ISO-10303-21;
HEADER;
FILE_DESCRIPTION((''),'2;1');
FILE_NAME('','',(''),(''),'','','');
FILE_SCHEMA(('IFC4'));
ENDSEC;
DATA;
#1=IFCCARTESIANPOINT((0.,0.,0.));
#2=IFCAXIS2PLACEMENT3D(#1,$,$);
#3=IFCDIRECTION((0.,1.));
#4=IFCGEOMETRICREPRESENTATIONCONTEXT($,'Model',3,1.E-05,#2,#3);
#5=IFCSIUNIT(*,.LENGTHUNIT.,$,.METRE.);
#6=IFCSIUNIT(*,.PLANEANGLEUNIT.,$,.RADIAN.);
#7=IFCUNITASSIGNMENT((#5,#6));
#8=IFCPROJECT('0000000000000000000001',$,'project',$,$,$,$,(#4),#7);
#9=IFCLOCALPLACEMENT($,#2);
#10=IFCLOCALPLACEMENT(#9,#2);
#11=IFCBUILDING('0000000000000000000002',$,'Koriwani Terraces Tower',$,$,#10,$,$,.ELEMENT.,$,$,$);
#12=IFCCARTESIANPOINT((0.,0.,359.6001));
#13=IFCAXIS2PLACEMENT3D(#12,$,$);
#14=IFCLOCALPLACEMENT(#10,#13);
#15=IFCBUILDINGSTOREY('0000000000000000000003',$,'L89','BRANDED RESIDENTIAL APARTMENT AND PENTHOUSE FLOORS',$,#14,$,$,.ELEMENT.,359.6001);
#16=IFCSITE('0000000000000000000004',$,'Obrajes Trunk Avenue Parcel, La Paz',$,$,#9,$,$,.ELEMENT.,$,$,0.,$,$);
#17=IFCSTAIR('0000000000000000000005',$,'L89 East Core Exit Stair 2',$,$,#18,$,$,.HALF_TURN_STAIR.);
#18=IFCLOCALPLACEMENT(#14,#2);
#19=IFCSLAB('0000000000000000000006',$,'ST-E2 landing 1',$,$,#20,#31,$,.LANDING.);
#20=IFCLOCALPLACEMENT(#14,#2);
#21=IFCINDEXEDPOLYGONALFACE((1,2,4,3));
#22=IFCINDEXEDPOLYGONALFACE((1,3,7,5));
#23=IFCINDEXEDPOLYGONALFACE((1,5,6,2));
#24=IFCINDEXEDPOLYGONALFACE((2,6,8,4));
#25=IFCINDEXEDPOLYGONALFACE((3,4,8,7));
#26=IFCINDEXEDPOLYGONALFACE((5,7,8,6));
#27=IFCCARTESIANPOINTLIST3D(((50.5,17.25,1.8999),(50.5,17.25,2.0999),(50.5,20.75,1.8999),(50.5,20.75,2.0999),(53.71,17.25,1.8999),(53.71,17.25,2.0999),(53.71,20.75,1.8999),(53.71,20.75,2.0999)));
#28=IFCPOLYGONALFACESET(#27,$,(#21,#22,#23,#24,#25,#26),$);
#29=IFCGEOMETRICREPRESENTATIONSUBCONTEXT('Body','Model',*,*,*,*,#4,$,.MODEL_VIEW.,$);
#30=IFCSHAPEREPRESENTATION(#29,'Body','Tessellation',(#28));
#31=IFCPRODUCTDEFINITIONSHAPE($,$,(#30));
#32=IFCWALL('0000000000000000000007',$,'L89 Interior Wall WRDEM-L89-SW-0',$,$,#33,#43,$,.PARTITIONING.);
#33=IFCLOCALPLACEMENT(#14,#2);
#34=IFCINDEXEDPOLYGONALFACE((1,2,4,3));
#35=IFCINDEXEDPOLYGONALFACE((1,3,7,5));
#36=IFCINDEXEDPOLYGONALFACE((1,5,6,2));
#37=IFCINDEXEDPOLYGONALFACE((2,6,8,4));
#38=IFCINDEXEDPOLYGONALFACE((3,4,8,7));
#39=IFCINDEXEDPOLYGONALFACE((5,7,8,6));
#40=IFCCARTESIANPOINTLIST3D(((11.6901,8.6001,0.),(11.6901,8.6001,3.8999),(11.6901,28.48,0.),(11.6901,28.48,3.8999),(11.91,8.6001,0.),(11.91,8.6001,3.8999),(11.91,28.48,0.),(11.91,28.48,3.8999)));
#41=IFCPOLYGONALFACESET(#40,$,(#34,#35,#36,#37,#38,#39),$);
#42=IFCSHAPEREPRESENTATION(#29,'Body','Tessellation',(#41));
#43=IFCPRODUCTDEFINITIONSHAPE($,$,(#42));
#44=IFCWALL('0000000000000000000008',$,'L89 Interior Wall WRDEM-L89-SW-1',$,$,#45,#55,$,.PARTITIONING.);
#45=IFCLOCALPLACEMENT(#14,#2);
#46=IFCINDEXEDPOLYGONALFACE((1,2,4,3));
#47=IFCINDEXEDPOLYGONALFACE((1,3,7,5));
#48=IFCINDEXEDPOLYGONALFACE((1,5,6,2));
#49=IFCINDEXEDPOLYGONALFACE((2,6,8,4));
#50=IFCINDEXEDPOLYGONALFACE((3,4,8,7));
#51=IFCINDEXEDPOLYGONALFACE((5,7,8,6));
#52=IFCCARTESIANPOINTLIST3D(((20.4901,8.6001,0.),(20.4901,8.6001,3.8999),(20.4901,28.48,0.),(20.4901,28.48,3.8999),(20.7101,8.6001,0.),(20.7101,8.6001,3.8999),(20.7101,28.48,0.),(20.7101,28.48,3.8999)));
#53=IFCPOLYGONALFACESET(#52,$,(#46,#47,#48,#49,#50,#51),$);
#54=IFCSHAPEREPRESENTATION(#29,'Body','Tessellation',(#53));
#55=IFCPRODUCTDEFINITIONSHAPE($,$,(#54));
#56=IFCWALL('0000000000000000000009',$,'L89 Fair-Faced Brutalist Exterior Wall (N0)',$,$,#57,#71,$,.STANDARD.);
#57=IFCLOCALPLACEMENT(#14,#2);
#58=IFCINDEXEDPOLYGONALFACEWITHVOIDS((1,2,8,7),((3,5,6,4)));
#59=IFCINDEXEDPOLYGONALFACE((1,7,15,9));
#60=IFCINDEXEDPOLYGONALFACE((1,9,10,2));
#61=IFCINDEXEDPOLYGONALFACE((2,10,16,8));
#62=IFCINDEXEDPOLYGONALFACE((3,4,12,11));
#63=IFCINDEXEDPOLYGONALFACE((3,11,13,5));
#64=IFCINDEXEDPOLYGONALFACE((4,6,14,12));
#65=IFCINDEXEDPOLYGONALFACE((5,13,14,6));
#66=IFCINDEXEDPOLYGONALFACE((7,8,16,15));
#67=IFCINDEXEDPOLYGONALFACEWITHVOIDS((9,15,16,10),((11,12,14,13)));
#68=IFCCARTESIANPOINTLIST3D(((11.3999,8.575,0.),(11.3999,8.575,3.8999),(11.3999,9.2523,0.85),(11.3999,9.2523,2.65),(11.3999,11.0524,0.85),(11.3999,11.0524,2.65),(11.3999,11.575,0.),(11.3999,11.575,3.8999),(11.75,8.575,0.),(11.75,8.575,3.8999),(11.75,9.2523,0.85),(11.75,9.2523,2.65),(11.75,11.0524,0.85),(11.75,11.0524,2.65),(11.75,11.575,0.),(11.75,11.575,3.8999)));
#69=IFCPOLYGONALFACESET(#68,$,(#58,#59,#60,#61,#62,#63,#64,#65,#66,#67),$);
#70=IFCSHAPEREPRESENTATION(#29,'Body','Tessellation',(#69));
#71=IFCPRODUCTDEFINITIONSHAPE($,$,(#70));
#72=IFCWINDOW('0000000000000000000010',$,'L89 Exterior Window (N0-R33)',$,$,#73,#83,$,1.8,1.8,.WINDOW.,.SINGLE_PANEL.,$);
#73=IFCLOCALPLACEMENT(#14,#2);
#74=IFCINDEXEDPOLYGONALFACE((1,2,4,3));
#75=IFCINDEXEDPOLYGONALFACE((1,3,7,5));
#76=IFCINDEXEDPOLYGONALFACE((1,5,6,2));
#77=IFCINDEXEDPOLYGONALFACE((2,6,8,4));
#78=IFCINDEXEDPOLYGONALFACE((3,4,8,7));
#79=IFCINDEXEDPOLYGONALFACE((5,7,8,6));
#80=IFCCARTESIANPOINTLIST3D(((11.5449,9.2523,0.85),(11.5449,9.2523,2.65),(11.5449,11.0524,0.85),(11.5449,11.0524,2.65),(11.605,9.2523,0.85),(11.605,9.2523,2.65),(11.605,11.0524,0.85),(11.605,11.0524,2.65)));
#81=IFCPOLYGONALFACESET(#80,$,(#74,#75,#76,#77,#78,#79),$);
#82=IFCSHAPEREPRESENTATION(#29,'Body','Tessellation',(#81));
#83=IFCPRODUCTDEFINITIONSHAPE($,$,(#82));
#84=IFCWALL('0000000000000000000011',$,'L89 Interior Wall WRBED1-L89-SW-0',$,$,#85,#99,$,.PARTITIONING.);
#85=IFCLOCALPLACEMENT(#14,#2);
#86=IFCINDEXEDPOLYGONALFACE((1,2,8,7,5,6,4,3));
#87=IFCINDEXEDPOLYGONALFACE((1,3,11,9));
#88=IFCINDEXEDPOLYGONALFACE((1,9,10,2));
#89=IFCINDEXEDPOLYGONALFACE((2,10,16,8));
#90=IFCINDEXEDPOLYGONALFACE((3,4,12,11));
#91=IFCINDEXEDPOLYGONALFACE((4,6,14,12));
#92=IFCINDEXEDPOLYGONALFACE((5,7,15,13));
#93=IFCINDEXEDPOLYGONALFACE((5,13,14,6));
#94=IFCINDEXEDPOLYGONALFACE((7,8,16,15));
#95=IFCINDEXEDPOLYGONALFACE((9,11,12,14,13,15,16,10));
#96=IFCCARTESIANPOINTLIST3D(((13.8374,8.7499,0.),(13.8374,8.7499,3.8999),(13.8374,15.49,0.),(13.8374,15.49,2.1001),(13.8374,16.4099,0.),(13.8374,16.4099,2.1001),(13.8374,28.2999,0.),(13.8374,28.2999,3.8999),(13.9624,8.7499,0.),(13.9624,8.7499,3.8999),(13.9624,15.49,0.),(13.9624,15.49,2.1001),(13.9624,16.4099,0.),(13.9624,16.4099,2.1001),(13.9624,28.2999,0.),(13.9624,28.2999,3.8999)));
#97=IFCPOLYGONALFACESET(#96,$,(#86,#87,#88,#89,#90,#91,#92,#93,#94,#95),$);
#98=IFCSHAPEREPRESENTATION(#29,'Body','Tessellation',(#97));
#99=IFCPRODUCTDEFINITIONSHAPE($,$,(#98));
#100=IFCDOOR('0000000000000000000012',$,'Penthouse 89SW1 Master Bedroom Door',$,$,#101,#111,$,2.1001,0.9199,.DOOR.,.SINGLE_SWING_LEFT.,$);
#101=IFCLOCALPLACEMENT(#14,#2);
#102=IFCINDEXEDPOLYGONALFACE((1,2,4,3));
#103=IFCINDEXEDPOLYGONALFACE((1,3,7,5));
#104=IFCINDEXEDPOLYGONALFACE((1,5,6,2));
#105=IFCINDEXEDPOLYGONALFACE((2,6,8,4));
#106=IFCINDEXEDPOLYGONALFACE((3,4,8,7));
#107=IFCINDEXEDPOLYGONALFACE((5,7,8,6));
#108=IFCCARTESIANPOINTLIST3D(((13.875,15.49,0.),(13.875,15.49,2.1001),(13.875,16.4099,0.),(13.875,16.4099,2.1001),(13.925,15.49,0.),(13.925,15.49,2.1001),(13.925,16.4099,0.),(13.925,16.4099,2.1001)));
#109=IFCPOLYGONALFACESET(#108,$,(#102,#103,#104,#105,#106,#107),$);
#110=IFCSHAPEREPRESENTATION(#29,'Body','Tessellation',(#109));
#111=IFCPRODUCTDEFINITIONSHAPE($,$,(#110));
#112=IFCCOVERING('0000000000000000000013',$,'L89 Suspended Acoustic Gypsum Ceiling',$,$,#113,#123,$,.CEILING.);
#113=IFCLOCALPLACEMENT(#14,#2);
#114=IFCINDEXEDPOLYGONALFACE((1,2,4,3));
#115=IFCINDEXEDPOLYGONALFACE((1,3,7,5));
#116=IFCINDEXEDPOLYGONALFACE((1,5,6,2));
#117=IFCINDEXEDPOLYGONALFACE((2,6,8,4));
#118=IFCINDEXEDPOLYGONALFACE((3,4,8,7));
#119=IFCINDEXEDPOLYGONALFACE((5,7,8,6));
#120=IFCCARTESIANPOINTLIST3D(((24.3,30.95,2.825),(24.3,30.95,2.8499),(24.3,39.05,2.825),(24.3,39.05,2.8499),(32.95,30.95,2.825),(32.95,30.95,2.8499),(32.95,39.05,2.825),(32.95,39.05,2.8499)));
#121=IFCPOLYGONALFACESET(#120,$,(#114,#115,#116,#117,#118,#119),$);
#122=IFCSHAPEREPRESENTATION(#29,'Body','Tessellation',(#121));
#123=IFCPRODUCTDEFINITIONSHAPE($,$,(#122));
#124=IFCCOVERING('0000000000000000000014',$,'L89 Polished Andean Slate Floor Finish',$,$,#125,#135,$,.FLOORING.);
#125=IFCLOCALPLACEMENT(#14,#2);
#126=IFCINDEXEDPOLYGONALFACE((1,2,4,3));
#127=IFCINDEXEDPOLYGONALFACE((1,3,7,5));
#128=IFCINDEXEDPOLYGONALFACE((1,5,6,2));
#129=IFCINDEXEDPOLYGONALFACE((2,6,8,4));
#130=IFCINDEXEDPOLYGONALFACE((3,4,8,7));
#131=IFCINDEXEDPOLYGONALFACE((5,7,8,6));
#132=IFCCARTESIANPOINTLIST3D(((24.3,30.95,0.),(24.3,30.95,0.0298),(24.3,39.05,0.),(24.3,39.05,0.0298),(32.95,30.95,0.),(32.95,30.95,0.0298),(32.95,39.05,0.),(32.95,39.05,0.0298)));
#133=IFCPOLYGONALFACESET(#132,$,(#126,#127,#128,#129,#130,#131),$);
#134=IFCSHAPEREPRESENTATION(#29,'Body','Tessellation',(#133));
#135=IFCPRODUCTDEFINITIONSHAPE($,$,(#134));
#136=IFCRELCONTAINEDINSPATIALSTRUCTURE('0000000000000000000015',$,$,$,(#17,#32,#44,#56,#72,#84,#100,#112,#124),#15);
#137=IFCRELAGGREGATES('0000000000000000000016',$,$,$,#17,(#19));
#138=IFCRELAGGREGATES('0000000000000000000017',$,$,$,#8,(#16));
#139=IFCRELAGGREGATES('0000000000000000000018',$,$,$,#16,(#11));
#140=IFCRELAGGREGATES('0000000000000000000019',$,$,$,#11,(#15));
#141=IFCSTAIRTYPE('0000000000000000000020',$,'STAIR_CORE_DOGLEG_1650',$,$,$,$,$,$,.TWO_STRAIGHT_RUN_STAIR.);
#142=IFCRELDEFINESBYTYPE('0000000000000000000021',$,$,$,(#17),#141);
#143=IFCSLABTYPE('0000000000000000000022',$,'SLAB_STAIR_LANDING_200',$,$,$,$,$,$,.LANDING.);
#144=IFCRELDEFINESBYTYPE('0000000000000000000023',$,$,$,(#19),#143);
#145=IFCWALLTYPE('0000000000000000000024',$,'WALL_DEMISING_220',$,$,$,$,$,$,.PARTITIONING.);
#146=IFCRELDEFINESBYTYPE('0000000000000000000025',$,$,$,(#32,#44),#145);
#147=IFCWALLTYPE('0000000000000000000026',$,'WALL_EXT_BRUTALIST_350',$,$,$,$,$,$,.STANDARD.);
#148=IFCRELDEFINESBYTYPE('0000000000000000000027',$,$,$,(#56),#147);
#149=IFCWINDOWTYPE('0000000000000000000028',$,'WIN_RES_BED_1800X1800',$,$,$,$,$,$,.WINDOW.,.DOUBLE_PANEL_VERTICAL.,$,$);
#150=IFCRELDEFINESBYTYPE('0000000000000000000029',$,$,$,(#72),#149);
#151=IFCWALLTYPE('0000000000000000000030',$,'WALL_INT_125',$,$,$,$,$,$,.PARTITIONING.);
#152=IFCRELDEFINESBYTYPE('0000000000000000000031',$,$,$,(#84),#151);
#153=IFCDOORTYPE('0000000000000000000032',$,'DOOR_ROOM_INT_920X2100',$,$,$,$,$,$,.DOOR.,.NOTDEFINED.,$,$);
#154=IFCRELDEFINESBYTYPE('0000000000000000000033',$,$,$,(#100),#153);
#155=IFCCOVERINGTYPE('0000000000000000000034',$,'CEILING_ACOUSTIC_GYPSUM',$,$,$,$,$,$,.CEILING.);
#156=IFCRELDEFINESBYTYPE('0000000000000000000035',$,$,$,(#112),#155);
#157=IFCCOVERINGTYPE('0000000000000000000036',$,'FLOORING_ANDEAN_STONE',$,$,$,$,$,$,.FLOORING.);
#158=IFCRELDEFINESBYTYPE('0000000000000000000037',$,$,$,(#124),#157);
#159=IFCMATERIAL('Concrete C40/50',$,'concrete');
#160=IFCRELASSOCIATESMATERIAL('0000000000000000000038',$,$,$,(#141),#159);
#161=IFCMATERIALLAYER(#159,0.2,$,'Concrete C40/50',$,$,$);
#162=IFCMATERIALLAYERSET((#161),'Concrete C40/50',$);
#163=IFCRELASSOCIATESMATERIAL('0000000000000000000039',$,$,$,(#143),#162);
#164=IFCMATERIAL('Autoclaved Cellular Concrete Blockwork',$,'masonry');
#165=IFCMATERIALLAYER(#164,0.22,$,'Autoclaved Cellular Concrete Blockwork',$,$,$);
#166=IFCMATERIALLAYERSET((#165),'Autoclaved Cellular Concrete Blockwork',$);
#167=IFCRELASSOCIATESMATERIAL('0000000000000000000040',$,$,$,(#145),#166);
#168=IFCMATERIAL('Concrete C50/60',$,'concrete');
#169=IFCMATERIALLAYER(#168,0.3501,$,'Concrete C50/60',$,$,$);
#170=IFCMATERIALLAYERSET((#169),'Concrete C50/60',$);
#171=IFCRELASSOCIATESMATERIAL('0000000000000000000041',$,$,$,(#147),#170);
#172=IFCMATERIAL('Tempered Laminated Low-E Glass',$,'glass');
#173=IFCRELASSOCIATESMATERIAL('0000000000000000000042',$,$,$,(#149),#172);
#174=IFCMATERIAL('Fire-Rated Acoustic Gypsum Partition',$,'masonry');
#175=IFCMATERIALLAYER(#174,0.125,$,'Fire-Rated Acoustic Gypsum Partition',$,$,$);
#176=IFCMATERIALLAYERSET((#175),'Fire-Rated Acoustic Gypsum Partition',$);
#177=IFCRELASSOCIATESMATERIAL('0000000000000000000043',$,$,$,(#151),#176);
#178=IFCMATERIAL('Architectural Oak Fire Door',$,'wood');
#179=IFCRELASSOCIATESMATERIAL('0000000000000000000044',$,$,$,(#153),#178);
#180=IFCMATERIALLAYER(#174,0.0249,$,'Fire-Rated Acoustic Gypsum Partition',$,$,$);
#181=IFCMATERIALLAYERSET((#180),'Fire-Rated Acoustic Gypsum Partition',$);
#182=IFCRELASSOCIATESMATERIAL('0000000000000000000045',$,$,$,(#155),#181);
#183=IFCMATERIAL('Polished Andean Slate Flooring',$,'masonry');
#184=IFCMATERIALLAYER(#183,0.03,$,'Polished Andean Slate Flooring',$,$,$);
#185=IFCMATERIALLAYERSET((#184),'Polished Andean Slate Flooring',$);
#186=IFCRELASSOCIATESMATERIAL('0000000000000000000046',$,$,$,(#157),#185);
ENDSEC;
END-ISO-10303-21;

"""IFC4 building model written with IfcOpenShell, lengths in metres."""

from ifc_helpers import new_model, si_unit, direction, frame, frame_2d, origin, place, context, subcontext, project, spatial, polyline, rectangle, outline, extrude, material, layer, layer_set, type_object, element, fill, aggregate, save


model = new_model("IFC4")

# Units and contexts
model_context = context("Model", 3, precision=1e-05, world=origin(), true_north=direction((0.0, 1.0)))
body_context = subcontext(model_context, "Body", "Model", "MODEL_VIEW")
ifc_project = project(units=[si_unit("LENGTHUNIT", "METRE"), si_unit("PLANEANGLEUNIT", "RADIAN")], contexts=[model_context])

# Site, building, storey
site_placement = place(None, origin())
site = spatial("IfcSite", under=ifc_project, at=site_placement, Name="Obrajes Trunk Avenue Parcel, La Paz", CompositionType="ELEMENT", RefElevation=0.0)
building_placement = place(site_placement, origin())
building = spatial("IfcBuilding", under=site, at=building_placement, Name="Koriwani Terraces Tower", CompositionType="ELEMENT")
storey_placement = place(building_placement, frame((0.0, 0.0, 359.6001)))
storey = spatial("IfcBuildingStorey", under=building, at=storey_placement, Name="L89", Description="BRANDED RESIDENTIAL APARTMENT AND PENTHOUSE FLOORS", CompositionType="ELEMENT", Elevation=359.6001)

# Shared definitions
ifc_material_1 = material(Name="Concrete C50/60", Category="concrete")

# Shared definitions
ifc_material_2 = material(Name="Concrete C40/50", Category="concrete")

# Stair, slab
stair_type = type_object("IfcStairType", Name="STAIR_CORE_DOGLEG_1650", PredefinedType="TWO_STRAIGHT_RUN_STAIR", material=ifc_material_2)
ifc_layer_1 = layer(ifc_material_2, 0.2, Name="Concrete C40/50")
ifc_layer_set_1 = layer_set([ifc_layer_1], Name="Concrete C40/50")
slab_type_1 = type_object("IfcSlabType", Name="SLAB_STAIR_LANDING_200", PredefinedType="LANDING", material=ifc_layer_set_1)
stair_1_placement = place(storey_placement, origin())
stair_1 = element("IfcStair", 1, at=stair_1_placement, inside=storey, type_object=stair_type, Name="L89 East Core Exit Stair 2", PredefinedType="HALF_TURN_STAIR")
slab_1_placement = place(storey_placement, frame((0.0, 0.0, 1.8999)))
slab_1 = element("IfcSlab", 2, at=slab_1_placement, type_object=slab_type_1, Name="ST-E2 landing 1", PredefinedType="LANDING", context=body_context, shape_type="SweptSolid", body=[
    extrude(outline(polyline([(53.71, 20.75), (50.5, 20.75), (50.5, 17.25), (53.71, 17.25), (53.71, 20.75)])), origin(), (0.0, 0.0, 1.0), 0.2),
])
aggregate(stair_1, [slab_1])

# Walls
ifc_material_3 = material(Name="Autoclaved Cellular Concrete Blockwork", Category="masonry")
ifc_layer_2 = layer(ifc_material_3, 0.22, Name="Autoclaved Cellular Concrete Blockwork")
ifc_layer_set_2 = layer_set([ifc_layer_2], Name="Autoclaved Cellular Concrete Blockwork")
wall_type_1 = type_object("IfcWallType", Name="WALL_DEMISING_220", PredefinedType="PARTITIONING", material=ifc_layer_set_2)
for number, where, z_axis, x_axis, name in (
    (3, (11.8, 8.6001, 0.0), (0.0, 0.0, 1.0), (0.0, 1.0, 0.0), "L89 Interior Wall WRDEM-L89-SW-0"),
    (4, (20.6001, 8.6001, 0.0), (0.0, 0.0, 1.0), (0.0, 1.0, 0.0), "L89 Interior Wall WRDEM-L89-SW-1"),
):
    element("IfcWall", number, at=place(storey_placement, frame(where, z_axis=z_axis, x_axis=x_axis)), inside=storey, type_object=wall_type_1, Name=name, PredefinedType="PARTITIONING", context=body_context, shape_type="SweptSolid", body=[
        extrude(rectangle(XDim=19.8799, YDim=0.22, at=frame_2d((9.9399, 0.0))), origin(), (0.0, 0.0, 1.0), 3.8999),
    ])

# Wall, opening, window
ifc_layer_3 = layer(ifc_material_1, 0.3501, Name="Concrete C50/60")
ifc_layer_set_3 = layer_set([ifc_layer_3], Name="Concrete C50/60")
wall_type_2 = type_object("IfcWallType", Name="WALL_EXT_BRUTALIST_350", PredefinedType="STANDARD", material=ifc_layer_set_3)
wall_1_placement = place(storey_placement, frame((11.575, 8.575, 0.0), z_axis=(0.0, 0.0, 1.0), x_axis=(0.0, 1.0, 0.0)))
wall_1 = element("IfcWall", 5, at=wall_1_placement, inside=storey, type_object=wall_type_2, Name="L89 Fair-Faced Brutalist Exterior Wall (N0)", PredefinedType="STANDARD", context=body_context, shape_type="SweptSolid", body=[
    extrude(rectangle(XDim=3.0, YDim=0.3501, at=frame_2d((1.5, 0.0))), origin(), (0.0, 0.0, 1.0), 3.8999),
])
opening_1_placement = place(wall_1_placement, frame((0.6775, 0.0, 0.8501)))
opening_1 = element("IfcOpeningElement", 6, at=opening_1_placement, cuts=wall_1, PredefinedType="OPENING", context=body_context, shape_type="SweptSolid", body=[
    extrude(rectangle(XDim=1.8, YDim=1.8, at=frame_2d((0.8999, 0.8999))), frame((0.0, 0.1851, 0.0), z_axis=(0.0, -1.0, 0.0), x_axis=(1.0, 0.0, 0.0)), (0.0, 0.0, 1.0), 0.3701),
])
ifc_material_4 = material(Name="Tempered Laminated Low-E Glass", Category="glass")
window_type = type_object("IfcWindowType", Name="WIN_RES_BED_1800X1800", PartitioningType="DOUBLE_PANEL_VERTICAL", PredefinedType="WINDOW", material=ifc_material_4)
window_placement = place(opening_1_placement, origin())
window = element("IfcWindow", 7, at=window_placement, inside=storey, type_object=window_type, Name="L89 Exterior Window (N0-R33)", OverallHeight=1.8, OverallWidth=1.8, PartitioningType="SINGLE_PANEL", PredefinedType="WINDOW", context=body_context, shape_type="SweptSolid", body=[
    extrude(rectangle(XDim=1.8, YDim=1.8, at=frame_2d((0.8999, 0.8999))), frame((0.0, 0.03, 0.0), z_axis=(0.0, -1.0, 0.0), x_axis=(1.0, 0.0, 0.0)), (0.0, 0.0, 1.0), 0.0601),
])
fill(opening_1, window)

# Wall, opening, door
ifc_material_5 = material(Name="Fire-Rated Acoustic Gypsum Partition", Category="masonry")
ifc_layer_4 = layer(ifc_material_5, 0.125, Name="Fire-Rated Acoustic Gypsum Partition")
ifc_layer_set_4 = layer_set([ifc_layer_4], Name="Fire-Rated Acoustic Gypsum Partition")
wall_type_3 = type_object("IfcWallType", Name="WALL_INT_125", PredefinedType="PARTITIONING", material=ifc_layer_set_4)
wall_2_placement = place(storey_placement, frame((13.8999, 8.75, 0.0), z_axis=(0.0, 0.0, 1.0), x_axis=(0.0, 1.0, 0.0)))
wall_2 = element("IfcWall", 8, at=wall_2_placement, inside=storey, type_object=wall_type_3, Name="L89 Interior Wall WRBED1-L89-SW-0", PredefinedType="PARTITIONING", context=body_context, shape_type="SweptSolid", body=[
    extrude(rectangle(XDim=19.55, YDim=0.125, at=frame_2d((9.7749, 0.0))), origin(), (0.0, 0.0, 1.0), 3.8999),
])
opening_2_placement = place(wall_2_placement, frame((6.74, 0.0, 0.0)))
opening_2 = element("IfcOpeningElement", 9, at=opening_2_placement, cuts=wall_2, PredefinedType="OPENING", context=body_context, shape_type="SweptSolid", body=[
    extrude(rectangle(XDim=0.9199, YDim=2.1001, at=frame_2d((0.46, 1.05))), frame((0.0, 0.0725, 0.0), z_axis=(0.0, -1.0, 0.0), x_axis=(1.0, 0.0, 0.0)), (0.0, 0.0, 1.0), 0.145),
])
ifc_material_6 = material(Name="Architectural Oak Fire Door", Category="wood")
door_type = type_object("IfcDoorType", Name="DOOR_ROOM_INT_920X2100", OperationType="NOTDEFINED", PredefinedType="DOOR", material=ifc_material_6)
door_placement = place(opening_2_placement, origin())
door = element("IfcDoor", 10, at=door_placement, inside=storey, type_object=door_type, Name="Penthouse 89SW1 Master Bedroom Door", OperationType="SINGLE_SWING_LEFT", OverallHeight=2.1001, OverallWidth=0.9199, PredefinedType="DOOR", context=body_context, shape_type="SweptSolid", body=[
    extrude(rectangle(XDim=0.9199, YDim=2.1001, at=frame_2d((0.46, 1.05))), frame((0.0, 0.0249, 0.0), z_axis=(0.0, -1.0, 0.0), x_axis=(1.0, 0.0, 0.0)), (0.0, 0.0, 1.0), 0.05),
])
fill(opening_2, door)

# Coverings
ifc_layer_5 = layer(ifc_material_5, 0.0249, Name="Fire-Rated Acoustic Gypsum Partition")
ifc_layer_set_5 = layer_set([ifc_layer_5], Name="Fire-Rated Acoustic Gypsum Partition")
covering_type_1 = type_object("IfcCoveringType", Name="CEILING_ACOUSTIC_GYPSUM", PredefinedType="CEILING", material=ifc_layer_set_5)
covering_1_placement = place(storey_placement, frame((0.0, 0.0, 2.825)))
element("IfcCovering", 11, at=covering_1_placement, inside=storey, type_object=covering_type_1, Name="L89 Suspended Acoustic Gypsum Ceiling", PredefinedType="CEILING", context=body_context, shape_type="SweptSolid", body=[
    extrude(outline(polyline([(24.3, 30.95), (24.3, 39.05), (32.95, 39.05), (32.95, 30.95), (24.3, 30.95)])), origin(), (0.0, 0.0, 1.0), 0.0249),
])
ifc_material_7 = material(Name="Polished Andean Slate Flooring", Category="masonry")
ifc_layer_6 = layer(ifc_material_7, 0.03, Name="Polished Andean Slate Flooring")
ifc_layer_set_6 = layer_set([ifc_layer_6], Name="Polished Andean Slate Flooring")
covering_type_2 = type_object("IfcCoveringType", Name="FLOORING_ANDEAN_STONE", PredefinedType="FLOORING", material=ifc_layer_set_6)
covering_2_placement = place(storey_placement, origin())
element("IfcCovering", 12, at=covering_2_placement, inside=storey, type_object=covering_type_2, Name="L89 Polished Andean Slate Floor Finish", PredefinedType="FLOORING", context=body_context, shape_type="SweptSolid", body=[
    extrude(outline(polyline([(24.3, 30.95), (24.3, 39.05), (32.95, 39.05), (32.95, 30.95), (24.3, 30.95)])), origin(), (0.0, 0.0, 1.0), 0.0298),
])

save(model, "model.ifc")
